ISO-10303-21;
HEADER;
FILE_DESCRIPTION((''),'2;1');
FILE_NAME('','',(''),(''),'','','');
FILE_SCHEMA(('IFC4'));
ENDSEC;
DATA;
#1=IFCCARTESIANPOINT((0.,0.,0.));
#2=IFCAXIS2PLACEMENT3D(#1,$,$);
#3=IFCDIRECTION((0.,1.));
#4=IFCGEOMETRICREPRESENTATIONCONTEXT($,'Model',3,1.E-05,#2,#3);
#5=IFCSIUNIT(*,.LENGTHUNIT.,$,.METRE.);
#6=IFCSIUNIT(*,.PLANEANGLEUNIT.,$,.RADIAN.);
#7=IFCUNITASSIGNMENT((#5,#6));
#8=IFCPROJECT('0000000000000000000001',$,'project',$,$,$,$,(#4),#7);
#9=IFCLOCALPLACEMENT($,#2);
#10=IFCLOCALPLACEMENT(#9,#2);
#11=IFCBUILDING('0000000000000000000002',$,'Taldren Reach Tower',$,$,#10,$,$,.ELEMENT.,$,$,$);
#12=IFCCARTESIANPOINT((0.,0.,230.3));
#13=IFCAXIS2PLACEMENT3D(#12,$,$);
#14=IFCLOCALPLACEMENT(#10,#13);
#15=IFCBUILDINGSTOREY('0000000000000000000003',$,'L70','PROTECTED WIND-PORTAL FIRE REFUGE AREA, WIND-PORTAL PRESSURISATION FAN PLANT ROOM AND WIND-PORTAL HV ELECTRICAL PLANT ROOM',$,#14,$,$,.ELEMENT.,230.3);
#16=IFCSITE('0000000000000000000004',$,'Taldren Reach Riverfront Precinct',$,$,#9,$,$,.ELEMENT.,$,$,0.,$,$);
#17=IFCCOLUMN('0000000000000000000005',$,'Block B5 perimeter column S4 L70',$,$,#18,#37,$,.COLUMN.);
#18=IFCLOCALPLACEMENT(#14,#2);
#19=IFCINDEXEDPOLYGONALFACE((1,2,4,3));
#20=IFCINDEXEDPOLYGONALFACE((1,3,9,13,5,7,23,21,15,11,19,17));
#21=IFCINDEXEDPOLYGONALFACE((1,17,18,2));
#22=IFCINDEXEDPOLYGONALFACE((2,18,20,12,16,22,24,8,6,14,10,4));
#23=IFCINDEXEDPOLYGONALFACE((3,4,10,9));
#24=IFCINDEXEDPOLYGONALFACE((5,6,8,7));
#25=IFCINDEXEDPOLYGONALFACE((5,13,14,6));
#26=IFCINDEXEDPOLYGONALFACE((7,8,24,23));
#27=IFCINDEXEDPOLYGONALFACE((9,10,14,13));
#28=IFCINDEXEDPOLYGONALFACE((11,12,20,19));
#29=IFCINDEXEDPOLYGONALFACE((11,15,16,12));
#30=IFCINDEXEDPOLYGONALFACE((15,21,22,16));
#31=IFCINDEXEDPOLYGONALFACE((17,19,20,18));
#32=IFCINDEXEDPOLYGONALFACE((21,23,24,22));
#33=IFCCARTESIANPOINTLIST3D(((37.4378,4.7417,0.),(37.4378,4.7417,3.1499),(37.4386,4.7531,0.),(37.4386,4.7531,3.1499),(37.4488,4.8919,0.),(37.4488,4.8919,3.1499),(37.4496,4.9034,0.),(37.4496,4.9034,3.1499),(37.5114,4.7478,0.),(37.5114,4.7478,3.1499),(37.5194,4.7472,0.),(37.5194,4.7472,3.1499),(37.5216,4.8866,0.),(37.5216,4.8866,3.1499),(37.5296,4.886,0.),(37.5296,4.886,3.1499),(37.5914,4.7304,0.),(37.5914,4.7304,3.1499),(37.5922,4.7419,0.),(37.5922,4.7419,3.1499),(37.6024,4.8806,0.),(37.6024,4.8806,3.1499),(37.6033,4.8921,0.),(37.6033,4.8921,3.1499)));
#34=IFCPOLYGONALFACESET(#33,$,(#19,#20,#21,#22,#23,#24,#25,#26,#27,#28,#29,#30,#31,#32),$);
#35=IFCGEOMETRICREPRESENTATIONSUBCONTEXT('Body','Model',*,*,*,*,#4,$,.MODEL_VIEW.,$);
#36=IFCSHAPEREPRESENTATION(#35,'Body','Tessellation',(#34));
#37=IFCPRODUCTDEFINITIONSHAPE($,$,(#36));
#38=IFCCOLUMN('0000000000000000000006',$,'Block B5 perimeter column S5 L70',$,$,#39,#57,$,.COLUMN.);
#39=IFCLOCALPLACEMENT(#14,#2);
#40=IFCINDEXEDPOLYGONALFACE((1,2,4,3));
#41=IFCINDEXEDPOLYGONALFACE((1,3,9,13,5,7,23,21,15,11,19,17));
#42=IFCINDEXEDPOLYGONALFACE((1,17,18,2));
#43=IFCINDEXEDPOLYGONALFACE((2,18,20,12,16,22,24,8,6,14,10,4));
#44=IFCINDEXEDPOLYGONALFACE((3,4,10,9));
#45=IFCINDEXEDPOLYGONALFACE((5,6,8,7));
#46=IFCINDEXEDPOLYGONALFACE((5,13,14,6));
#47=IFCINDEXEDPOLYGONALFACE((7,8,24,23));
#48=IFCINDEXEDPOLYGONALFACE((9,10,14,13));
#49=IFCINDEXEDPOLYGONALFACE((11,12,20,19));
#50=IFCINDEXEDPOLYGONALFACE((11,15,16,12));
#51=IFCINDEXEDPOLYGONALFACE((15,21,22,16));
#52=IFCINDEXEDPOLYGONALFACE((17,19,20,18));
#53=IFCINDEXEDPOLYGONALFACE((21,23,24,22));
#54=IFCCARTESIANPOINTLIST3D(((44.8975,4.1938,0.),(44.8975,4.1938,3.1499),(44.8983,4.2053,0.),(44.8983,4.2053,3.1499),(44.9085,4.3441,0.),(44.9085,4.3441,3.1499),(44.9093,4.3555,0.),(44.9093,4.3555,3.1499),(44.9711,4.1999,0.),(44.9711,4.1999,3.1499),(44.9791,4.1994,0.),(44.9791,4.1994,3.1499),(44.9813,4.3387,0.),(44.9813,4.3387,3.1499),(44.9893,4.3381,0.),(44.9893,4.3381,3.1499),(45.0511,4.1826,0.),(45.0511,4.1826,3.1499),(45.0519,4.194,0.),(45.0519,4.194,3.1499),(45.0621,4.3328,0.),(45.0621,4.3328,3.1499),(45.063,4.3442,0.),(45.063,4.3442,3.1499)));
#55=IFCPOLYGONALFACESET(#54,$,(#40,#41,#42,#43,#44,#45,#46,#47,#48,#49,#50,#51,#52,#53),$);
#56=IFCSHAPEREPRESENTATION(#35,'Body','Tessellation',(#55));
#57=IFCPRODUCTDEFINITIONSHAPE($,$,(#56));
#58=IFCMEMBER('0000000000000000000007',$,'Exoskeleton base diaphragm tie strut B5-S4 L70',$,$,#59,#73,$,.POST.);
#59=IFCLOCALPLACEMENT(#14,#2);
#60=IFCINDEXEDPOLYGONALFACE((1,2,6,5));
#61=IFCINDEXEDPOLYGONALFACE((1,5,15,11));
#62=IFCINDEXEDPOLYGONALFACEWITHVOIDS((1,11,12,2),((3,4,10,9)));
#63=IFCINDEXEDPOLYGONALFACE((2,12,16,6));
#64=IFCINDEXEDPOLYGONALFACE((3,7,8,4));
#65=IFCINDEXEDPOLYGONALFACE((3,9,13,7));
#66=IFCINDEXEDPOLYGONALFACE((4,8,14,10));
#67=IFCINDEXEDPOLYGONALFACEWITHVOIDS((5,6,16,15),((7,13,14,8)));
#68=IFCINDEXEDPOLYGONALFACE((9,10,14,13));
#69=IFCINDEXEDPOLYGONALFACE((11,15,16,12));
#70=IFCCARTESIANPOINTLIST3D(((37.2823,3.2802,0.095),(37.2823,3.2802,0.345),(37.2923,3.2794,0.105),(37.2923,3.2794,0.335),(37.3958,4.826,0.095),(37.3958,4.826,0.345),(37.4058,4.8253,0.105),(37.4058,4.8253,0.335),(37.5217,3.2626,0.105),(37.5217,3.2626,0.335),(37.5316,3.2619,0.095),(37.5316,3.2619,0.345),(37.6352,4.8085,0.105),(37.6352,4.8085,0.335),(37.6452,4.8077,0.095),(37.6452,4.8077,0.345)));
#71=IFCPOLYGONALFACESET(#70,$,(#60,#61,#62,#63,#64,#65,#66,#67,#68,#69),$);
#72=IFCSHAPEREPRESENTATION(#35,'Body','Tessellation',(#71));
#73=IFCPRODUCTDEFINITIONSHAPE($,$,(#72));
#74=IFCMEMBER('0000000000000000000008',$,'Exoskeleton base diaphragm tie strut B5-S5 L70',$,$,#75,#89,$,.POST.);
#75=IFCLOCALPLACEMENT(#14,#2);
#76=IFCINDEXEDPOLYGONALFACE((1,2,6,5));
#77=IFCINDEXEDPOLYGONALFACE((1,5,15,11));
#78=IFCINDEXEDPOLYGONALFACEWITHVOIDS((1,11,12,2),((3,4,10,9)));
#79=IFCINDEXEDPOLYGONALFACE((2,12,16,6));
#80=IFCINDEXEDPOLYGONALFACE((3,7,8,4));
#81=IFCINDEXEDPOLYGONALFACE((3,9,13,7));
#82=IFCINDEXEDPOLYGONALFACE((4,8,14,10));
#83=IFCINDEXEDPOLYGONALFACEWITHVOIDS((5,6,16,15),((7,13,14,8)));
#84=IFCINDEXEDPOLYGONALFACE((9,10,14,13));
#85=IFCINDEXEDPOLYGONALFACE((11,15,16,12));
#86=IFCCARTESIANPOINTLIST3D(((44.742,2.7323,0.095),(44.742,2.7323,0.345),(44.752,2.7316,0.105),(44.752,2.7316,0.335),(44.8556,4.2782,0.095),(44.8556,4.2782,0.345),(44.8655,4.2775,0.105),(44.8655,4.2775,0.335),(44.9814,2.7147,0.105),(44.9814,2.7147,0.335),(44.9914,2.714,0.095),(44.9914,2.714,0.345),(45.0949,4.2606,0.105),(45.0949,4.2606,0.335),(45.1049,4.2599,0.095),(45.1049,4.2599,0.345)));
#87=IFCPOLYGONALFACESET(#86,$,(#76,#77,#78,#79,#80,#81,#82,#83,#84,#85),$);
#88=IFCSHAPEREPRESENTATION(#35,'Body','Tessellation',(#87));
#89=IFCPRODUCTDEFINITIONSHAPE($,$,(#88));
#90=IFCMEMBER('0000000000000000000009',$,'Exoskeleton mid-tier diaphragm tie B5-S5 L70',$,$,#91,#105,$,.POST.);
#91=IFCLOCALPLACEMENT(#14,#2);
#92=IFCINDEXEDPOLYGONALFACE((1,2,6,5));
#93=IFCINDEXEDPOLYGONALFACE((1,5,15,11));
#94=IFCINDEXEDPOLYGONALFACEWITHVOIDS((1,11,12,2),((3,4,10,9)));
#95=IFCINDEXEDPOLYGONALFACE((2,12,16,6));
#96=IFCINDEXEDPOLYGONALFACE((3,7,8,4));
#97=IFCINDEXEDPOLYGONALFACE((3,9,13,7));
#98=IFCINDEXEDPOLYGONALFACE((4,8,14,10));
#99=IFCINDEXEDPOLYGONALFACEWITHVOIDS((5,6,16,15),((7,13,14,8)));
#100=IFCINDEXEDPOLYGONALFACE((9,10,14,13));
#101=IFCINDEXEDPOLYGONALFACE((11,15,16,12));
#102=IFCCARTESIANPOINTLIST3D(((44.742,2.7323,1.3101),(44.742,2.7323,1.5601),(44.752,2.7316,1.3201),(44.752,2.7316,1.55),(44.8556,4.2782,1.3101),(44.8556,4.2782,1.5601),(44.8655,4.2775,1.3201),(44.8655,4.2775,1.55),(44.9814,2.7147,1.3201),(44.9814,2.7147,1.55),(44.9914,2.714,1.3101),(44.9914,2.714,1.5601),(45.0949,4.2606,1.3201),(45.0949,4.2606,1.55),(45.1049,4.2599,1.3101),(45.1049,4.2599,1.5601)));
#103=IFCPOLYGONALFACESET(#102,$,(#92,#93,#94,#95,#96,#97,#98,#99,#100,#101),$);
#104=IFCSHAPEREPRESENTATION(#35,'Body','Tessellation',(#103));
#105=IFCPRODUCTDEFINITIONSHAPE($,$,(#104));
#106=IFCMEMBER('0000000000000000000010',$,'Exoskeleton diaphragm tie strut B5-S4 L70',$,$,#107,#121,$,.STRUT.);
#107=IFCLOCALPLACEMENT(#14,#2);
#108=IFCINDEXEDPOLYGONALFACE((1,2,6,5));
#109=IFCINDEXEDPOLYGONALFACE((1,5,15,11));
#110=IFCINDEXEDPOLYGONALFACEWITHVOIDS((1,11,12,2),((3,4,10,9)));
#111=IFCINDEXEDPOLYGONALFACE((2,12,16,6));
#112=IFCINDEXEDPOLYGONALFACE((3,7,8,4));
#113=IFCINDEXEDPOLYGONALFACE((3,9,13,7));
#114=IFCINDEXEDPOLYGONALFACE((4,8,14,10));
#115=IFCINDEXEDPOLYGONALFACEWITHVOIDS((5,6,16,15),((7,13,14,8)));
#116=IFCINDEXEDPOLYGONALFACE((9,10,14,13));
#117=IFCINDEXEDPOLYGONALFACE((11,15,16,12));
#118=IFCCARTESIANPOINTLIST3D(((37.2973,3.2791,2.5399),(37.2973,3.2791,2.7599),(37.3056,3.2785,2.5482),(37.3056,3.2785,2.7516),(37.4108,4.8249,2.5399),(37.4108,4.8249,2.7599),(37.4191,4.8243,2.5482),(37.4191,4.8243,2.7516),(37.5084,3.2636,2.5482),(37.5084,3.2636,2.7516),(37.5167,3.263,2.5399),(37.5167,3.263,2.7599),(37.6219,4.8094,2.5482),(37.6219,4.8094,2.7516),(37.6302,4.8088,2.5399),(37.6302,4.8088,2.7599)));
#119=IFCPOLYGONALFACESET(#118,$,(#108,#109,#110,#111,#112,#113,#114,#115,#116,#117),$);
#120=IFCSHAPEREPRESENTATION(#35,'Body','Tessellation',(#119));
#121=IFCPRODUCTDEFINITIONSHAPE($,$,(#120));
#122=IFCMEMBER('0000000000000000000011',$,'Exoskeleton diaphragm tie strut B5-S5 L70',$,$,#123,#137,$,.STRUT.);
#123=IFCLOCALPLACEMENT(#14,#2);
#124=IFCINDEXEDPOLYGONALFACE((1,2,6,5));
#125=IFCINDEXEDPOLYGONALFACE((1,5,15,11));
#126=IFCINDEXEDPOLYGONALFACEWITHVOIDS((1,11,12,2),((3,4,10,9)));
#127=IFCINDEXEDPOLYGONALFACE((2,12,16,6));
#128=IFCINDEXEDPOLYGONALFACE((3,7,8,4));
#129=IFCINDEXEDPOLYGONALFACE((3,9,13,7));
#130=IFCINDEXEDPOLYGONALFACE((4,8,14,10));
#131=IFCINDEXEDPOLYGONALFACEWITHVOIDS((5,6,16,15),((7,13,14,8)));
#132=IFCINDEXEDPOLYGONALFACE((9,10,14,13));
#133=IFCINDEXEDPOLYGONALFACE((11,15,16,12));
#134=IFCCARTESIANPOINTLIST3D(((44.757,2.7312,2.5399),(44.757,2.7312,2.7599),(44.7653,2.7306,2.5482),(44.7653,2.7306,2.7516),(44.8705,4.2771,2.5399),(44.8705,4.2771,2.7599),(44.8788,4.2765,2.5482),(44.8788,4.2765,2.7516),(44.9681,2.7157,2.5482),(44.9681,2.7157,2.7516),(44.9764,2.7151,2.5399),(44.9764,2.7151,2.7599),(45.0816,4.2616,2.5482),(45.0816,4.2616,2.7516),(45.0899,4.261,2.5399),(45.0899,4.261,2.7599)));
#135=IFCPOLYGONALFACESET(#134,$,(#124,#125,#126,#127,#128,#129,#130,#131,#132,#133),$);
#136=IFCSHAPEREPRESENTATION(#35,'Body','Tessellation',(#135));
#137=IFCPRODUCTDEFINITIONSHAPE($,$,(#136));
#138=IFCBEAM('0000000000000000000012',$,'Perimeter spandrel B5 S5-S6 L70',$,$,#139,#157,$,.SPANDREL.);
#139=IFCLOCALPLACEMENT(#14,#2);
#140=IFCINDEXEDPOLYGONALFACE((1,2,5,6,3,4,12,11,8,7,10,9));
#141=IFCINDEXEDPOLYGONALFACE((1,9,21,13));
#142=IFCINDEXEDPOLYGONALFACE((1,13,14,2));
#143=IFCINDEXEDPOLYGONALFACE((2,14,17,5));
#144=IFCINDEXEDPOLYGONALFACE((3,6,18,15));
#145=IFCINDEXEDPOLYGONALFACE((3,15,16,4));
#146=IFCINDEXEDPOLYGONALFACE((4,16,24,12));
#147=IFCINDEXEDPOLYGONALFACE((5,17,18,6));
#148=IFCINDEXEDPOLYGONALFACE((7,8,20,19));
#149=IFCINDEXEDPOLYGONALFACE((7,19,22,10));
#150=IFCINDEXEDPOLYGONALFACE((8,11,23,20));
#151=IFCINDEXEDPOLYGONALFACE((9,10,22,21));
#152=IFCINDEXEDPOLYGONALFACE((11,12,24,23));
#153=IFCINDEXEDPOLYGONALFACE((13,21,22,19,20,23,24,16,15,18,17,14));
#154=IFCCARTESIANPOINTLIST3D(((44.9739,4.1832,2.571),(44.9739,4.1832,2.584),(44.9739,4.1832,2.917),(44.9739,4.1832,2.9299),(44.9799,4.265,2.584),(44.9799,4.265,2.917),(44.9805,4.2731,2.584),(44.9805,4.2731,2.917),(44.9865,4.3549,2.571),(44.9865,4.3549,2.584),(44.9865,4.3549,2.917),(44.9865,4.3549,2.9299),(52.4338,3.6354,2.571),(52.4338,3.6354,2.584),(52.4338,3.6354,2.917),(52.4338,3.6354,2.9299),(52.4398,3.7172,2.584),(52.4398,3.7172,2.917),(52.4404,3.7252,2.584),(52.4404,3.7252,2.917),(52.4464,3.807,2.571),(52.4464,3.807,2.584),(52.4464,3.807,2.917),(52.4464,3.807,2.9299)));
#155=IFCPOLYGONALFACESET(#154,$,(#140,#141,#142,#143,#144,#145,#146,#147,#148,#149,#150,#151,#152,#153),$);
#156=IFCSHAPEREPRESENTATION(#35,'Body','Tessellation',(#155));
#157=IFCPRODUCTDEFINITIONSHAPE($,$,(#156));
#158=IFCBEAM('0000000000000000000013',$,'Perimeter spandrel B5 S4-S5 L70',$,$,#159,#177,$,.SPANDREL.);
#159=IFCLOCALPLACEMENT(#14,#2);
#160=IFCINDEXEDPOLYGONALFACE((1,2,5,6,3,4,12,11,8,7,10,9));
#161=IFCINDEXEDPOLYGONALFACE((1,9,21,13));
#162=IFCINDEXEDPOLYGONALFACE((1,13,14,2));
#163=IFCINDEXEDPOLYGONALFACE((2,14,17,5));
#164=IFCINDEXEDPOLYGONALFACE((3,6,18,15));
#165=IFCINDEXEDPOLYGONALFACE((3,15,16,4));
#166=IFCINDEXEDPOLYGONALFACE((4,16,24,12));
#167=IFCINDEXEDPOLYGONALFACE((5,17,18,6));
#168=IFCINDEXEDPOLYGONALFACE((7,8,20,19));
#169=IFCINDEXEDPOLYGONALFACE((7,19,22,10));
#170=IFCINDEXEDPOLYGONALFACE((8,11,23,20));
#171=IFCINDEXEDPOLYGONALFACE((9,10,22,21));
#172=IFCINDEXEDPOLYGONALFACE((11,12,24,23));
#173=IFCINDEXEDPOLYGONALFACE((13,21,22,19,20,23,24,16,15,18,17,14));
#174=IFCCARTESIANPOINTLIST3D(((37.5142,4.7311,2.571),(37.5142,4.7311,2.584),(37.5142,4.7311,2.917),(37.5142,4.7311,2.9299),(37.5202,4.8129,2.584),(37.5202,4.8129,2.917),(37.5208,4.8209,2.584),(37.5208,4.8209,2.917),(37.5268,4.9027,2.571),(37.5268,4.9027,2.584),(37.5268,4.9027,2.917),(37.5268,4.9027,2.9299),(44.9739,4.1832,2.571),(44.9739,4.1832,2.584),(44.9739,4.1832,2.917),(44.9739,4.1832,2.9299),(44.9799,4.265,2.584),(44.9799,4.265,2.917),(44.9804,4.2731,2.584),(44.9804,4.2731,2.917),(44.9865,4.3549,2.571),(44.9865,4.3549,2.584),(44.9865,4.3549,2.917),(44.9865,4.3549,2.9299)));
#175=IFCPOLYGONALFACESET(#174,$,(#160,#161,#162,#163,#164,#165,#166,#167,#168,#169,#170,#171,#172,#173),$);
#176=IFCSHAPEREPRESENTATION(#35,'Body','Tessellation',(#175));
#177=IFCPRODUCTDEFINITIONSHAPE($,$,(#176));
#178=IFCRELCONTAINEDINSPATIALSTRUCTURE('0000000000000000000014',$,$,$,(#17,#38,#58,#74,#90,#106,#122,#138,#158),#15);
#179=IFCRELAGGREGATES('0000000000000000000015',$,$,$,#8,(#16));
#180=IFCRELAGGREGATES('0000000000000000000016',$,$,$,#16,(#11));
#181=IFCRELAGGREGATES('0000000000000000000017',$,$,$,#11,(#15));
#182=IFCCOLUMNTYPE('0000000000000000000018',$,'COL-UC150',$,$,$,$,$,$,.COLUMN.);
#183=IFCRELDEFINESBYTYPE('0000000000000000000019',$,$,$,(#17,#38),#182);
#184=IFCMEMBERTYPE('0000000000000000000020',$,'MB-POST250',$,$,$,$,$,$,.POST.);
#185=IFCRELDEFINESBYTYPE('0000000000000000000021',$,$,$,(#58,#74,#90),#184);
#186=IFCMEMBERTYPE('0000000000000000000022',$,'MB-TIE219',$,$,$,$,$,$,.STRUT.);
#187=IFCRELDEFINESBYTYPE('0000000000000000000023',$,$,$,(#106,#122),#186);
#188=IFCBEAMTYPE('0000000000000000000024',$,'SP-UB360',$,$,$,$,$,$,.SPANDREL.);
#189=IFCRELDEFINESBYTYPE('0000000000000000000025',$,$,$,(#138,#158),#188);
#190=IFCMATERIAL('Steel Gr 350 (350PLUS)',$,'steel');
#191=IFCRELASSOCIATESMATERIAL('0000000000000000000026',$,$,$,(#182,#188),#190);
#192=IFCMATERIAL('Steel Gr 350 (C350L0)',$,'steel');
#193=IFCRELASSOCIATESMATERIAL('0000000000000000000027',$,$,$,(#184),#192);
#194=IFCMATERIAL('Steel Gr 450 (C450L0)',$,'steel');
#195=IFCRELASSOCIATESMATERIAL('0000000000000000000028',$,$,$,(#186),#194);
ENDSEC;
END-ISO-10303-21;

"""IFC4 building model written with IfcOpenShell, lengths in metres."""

from ifc_helpers import new_model, si_unit, direction, frame, origin, origin_2d, place, context, subcontext, project, spatial, hollow_rectangle, i_section, extrude, source, transform, mapped, material, material_profile, profile_set, type_object, element, save


model = new_model("IFC4")

# Units and contexts
model_context = context("Model", 3, precision=1e-05, world=origin(), true_north=direction((0.0, 1.0)))
body_context = subcontext(model_context, "Body", "Model", "MODEL_VIEW")
ifc_project = project(units=[si_unit("LENGTHUNIT", "METRE"), si_unit("PLANEANGLEUNIT", "RADIAN")], contexts=[model_context])

# Site, building, storey
site_placement = place(None, origin())
site = spatial("IfcSite", under=ifc_project, at=site_placement, Name="Taldren Reach Riverfront Precinct", CompositionType="ELEMENT", RefElevation=0.0)
building_placement = place(site_placement, origin())
building = spatial("IfcBuilding", under=site, at=building_placement, Name="Taldren Reach Tower", CompositionType="ELEMENT")
storey_placement = place(building_placement, frame((0.0, 0.0, 230.3)))
storey = spatial("IfcBuildingStorey", under=building, at=storey_placement, Name="L70", Description="PROTECTED WIND-PORTAL FIRE REFUGE AREA, WIND-PORTAL PRESSURISATION FAN PLANT ROOM AND WIND-PORTAL HV ELECTRICAL PLANT ROOM", CompositionType="ELEMENT", Elevation=230.3)

# Columns
ifc_material_1 = material(Name="Steel Gr 350 (350PLUS)", Category="steel")
ifc_material_profile_1 = material_profile(ifc_material_1, i_section(OverallWidth=0.1541, OverallDepth=0.1621, WebThickness=0.0081, FlangeThickness=0.0115, at=origin_2d()), Name="150UC37.2")
ifc_profile_set_1 = profile_set([ifc_material_profile_1], Name="Steel Gr 350 (350PLUS)")
column_type = type_object("IfcColumnType", Name="COL-UC150", PredefinedType="COLUMN", material=ifc_profile_set_1)
shared_shape_1 = source(origin(), body_context, "Body", "SweptSolid", [
    extrude(i_section(OverallWidth=0.1541, OverallDepth=0.1621, WebThickness=0.0081, FlangeThickness=0.0115, at=origin_2d()), origin(), (0.0, 0.0, 1.0), 3.1499),
])
for number, where, z_axis, x_axis, name in (
    (1, (37.5205, 4.8169, 0.0), (0.0, 0.0, 1.0), (0.997314, -0.073238, 0.0), "Block B5 perimeter column S4 L70"),
    (2, (44.9802, 4.269, 0.0), (0.0, 0.0, 1.0), (0.997314, -0.073238, 0.0), "Block B5 perimeter column S5 L70"),
):
    element("IfcColumn", number, at=place(storey_placement, frame(where, z_axis=z_axis, x_axis=x_axis)), inside=storey, type_object=column_type, Name=name, PredefinedType="COLUMN", context=body_context, shape_type="MappedRepresentation", body=[
        mapped(shared_shape_1, transform((0.0, 0.0, 0.0), scale=1.0)),
    ])

# Members
ifc_material_2 = material(Name="Steel Gr 350 (C350L0)", Category="steel")
ifc_material_profile_2 = material_profile(ifc_material_2, hollow_rectangle(XDim=0.25, YDim=0.25, WallThickness=0.01, at=origin_2d()), Name="250x250x10.0SHS")
ifc_profile_set_2 = profile_set([ifc_material_profile_2], Name="Steel Gr 350 (C350L0)")
member_type_1 = type_object("IfcMemberType", Name="MB-POST250", PredefinedType="POST", material=ifc_profile_set_2)
shared_shape_2 = source(origin(), body_context, "Body", "SweptSolid", [
    extrude(hollow_rectangle(XDim=0.25, YDim=0.25, WallThickness=0.01, at=origin_2d()), origin(), (0.0, 0.0, 1.0), 1.55),
])
for number, where, z_axis, x_axis, name in (
    (3, (37.5205, 4.8169, 0.22), (-0.073239, -0.997314, 0.0), (0.997314, -0.073239, 0.0), "Exoskeleton base diaphragm tie strut B5-S4 L70"),
    (4, (44.9802, 4.269, 0.22), (-0.073239, -0.997314, 0.0), (0.997314, -0.073239, 0.0), "Exoskeleton base diaphragm tie strut B5-S5 L70"),
    (5, (44.9802, 4.269, 1.4351), (-0.073239, -0.997314, 0.0), (0.997314, -0.073239, 0.0), "Exoskeleton mid-tier diaphragm tie B5-S5 L70"),
):
    element("IfcMember", number, at=place(storey_placement, frame(where, z_axis=z_axis, x_axis=x_axis)), inside=storey, type_object=member_type_1, Name=name, PredefinedType="POST", context=body_context, shape_type="MappedRepresentation", body=[
        mapped(shared_shape_2, transform((0.0, 0.0, 0.0), scale=1.0)),
    ])
ifc_material_3 = material(Name="Steel Gr 450 (C450L0)", Category="steel")
ifc_material_profile_3 = material_profile(ifc_material_3, hollow_rectangle(XDim=0.22, YDim=0.22, WallThickness=0.0083, at=origin_2d()), Name="220x220x8.2SHS")
ifc_profile_set_3 = profile_set([ifc_material_profile_3], Name="Steel Gr 450 (C450L0)")
member_type_2 = type_object("IfcMemberType", Name="MB-TIE219", PredefinedType="STRUT", material=ifc_profile_set_3)
shared_shape_3 = source(origin(), body_context, "Body", "SweptSolid", [
    extrude(hollow_rectangle(XDim=0.22, YDim=0.22, WallThickness=0.0083, at=origin_2d()), origin(), (0.0, 0.0, 1.0), 1.55),
])
for number, where, z_axis, x_axis, name in (
    (6, (37.5205, 4.8169, 2.6499), (-0.073239, -0.997314, 0.0), (0.997314, -0.073239, 0.0), "Exoskeleton diaphragm tie strut B5-S4 L70"),
    (7, (44.9802, 4.269, 2.6499), (-0.073239, -0.997314, 0.0), (0.997314, -0.073239, 0.0), "Exoskeleton diaphragm tie strut B5-S5 L70"),
):
    element("IfcMember", number, at=place(storey_placement, frame(where, z_axis=z_axis, x_axis=x_axis)), inside=storey, type_object=member_type_2, Name=name, PredefinedType="STRUT", context=body_context, shape_type="MappedRepresentation", body=[
        mapped(shared_shape_3, transform((0.0, 0.0, 0.0), scale=1.0)),
    ])

# Beams
ifc_material_profile_4 = material_profile(ifc_material_1, i_section(OverallWidth=0.1721, OverallDepth=0.3589, WebThickness=0.0081, FlangeThickness=0.0129, at=origin_2d()), Name="360UB56.7")
ifc_profile_set_4 = profile_set([ifc_material_profile_4], Name="Steel Gr 350 (350PLUS)")
beam_type = type_object("IfcBeamType", Name="SP-UB360", PredefinedType="SPANDREL", material=ifc_profile_set_4)
shared_shape_4 = source(origin(), body_context, "Body", "SweptSolid", [
    extrude(i_section(OverallWidth=0.1721, OverallDepth=0.3589, WebThickness=0.0081, FlangeThickness=0.0129, at=origin_2d()), origin(), (0.0, 0.0, 1.0), 7.48),
])
beam_1_placement = place(storey_placement, frame((44.9802, 4.269, 2.7505), z_axis=(0.997314, -0.073242, 0.0), x_axis=(0.073242, 0.997314, 0.0)))
element("IfcBeam", 8, at=beam_1_placement, inside=storey, type_object=beam_type, Name="Perimeter spandrel B5 S5-S6 L70", PredefinedType="SPANDREL", context=body_context, shape_type="MappedRepresentation", body=[
    mapped(shared_shape_4, transform((0.0, 0.0, 0.0), scale=1.0)),
])
shared_shape_5 = source(origin(), body_context, "Body", "SweptSolid", [
    extrude(i_section(OverallWidth=0.1721, OverallDepth=0.3589, WebThickness=0.0081, FlangeThickness=0.0129, at=origin_2d()), origin(), (0.0, 0.0, 1.0), 7.4797),
])
beam_2_placement = place(storey_placement, frame((37.5205, 4.8169, 2.7505), z_axis=(0.997314, -0.073244, 0.0), x_axis=(0.073244, 0.997314, 0.0)))
element("IfcBeam", 9, at=beam_2_placement, inside=storey, type_object=beam_type, Name="Perimeter spandrel B5 S4-S5 L70", PredefinedType="SPANDREL", context=body_context, shape_type="MappedRepresentation", body=[
    mapped(shared_shape_5, transform((0.0, 0.0, 0.0), scale=1.0)),
])

save(model, "model.ifc")
